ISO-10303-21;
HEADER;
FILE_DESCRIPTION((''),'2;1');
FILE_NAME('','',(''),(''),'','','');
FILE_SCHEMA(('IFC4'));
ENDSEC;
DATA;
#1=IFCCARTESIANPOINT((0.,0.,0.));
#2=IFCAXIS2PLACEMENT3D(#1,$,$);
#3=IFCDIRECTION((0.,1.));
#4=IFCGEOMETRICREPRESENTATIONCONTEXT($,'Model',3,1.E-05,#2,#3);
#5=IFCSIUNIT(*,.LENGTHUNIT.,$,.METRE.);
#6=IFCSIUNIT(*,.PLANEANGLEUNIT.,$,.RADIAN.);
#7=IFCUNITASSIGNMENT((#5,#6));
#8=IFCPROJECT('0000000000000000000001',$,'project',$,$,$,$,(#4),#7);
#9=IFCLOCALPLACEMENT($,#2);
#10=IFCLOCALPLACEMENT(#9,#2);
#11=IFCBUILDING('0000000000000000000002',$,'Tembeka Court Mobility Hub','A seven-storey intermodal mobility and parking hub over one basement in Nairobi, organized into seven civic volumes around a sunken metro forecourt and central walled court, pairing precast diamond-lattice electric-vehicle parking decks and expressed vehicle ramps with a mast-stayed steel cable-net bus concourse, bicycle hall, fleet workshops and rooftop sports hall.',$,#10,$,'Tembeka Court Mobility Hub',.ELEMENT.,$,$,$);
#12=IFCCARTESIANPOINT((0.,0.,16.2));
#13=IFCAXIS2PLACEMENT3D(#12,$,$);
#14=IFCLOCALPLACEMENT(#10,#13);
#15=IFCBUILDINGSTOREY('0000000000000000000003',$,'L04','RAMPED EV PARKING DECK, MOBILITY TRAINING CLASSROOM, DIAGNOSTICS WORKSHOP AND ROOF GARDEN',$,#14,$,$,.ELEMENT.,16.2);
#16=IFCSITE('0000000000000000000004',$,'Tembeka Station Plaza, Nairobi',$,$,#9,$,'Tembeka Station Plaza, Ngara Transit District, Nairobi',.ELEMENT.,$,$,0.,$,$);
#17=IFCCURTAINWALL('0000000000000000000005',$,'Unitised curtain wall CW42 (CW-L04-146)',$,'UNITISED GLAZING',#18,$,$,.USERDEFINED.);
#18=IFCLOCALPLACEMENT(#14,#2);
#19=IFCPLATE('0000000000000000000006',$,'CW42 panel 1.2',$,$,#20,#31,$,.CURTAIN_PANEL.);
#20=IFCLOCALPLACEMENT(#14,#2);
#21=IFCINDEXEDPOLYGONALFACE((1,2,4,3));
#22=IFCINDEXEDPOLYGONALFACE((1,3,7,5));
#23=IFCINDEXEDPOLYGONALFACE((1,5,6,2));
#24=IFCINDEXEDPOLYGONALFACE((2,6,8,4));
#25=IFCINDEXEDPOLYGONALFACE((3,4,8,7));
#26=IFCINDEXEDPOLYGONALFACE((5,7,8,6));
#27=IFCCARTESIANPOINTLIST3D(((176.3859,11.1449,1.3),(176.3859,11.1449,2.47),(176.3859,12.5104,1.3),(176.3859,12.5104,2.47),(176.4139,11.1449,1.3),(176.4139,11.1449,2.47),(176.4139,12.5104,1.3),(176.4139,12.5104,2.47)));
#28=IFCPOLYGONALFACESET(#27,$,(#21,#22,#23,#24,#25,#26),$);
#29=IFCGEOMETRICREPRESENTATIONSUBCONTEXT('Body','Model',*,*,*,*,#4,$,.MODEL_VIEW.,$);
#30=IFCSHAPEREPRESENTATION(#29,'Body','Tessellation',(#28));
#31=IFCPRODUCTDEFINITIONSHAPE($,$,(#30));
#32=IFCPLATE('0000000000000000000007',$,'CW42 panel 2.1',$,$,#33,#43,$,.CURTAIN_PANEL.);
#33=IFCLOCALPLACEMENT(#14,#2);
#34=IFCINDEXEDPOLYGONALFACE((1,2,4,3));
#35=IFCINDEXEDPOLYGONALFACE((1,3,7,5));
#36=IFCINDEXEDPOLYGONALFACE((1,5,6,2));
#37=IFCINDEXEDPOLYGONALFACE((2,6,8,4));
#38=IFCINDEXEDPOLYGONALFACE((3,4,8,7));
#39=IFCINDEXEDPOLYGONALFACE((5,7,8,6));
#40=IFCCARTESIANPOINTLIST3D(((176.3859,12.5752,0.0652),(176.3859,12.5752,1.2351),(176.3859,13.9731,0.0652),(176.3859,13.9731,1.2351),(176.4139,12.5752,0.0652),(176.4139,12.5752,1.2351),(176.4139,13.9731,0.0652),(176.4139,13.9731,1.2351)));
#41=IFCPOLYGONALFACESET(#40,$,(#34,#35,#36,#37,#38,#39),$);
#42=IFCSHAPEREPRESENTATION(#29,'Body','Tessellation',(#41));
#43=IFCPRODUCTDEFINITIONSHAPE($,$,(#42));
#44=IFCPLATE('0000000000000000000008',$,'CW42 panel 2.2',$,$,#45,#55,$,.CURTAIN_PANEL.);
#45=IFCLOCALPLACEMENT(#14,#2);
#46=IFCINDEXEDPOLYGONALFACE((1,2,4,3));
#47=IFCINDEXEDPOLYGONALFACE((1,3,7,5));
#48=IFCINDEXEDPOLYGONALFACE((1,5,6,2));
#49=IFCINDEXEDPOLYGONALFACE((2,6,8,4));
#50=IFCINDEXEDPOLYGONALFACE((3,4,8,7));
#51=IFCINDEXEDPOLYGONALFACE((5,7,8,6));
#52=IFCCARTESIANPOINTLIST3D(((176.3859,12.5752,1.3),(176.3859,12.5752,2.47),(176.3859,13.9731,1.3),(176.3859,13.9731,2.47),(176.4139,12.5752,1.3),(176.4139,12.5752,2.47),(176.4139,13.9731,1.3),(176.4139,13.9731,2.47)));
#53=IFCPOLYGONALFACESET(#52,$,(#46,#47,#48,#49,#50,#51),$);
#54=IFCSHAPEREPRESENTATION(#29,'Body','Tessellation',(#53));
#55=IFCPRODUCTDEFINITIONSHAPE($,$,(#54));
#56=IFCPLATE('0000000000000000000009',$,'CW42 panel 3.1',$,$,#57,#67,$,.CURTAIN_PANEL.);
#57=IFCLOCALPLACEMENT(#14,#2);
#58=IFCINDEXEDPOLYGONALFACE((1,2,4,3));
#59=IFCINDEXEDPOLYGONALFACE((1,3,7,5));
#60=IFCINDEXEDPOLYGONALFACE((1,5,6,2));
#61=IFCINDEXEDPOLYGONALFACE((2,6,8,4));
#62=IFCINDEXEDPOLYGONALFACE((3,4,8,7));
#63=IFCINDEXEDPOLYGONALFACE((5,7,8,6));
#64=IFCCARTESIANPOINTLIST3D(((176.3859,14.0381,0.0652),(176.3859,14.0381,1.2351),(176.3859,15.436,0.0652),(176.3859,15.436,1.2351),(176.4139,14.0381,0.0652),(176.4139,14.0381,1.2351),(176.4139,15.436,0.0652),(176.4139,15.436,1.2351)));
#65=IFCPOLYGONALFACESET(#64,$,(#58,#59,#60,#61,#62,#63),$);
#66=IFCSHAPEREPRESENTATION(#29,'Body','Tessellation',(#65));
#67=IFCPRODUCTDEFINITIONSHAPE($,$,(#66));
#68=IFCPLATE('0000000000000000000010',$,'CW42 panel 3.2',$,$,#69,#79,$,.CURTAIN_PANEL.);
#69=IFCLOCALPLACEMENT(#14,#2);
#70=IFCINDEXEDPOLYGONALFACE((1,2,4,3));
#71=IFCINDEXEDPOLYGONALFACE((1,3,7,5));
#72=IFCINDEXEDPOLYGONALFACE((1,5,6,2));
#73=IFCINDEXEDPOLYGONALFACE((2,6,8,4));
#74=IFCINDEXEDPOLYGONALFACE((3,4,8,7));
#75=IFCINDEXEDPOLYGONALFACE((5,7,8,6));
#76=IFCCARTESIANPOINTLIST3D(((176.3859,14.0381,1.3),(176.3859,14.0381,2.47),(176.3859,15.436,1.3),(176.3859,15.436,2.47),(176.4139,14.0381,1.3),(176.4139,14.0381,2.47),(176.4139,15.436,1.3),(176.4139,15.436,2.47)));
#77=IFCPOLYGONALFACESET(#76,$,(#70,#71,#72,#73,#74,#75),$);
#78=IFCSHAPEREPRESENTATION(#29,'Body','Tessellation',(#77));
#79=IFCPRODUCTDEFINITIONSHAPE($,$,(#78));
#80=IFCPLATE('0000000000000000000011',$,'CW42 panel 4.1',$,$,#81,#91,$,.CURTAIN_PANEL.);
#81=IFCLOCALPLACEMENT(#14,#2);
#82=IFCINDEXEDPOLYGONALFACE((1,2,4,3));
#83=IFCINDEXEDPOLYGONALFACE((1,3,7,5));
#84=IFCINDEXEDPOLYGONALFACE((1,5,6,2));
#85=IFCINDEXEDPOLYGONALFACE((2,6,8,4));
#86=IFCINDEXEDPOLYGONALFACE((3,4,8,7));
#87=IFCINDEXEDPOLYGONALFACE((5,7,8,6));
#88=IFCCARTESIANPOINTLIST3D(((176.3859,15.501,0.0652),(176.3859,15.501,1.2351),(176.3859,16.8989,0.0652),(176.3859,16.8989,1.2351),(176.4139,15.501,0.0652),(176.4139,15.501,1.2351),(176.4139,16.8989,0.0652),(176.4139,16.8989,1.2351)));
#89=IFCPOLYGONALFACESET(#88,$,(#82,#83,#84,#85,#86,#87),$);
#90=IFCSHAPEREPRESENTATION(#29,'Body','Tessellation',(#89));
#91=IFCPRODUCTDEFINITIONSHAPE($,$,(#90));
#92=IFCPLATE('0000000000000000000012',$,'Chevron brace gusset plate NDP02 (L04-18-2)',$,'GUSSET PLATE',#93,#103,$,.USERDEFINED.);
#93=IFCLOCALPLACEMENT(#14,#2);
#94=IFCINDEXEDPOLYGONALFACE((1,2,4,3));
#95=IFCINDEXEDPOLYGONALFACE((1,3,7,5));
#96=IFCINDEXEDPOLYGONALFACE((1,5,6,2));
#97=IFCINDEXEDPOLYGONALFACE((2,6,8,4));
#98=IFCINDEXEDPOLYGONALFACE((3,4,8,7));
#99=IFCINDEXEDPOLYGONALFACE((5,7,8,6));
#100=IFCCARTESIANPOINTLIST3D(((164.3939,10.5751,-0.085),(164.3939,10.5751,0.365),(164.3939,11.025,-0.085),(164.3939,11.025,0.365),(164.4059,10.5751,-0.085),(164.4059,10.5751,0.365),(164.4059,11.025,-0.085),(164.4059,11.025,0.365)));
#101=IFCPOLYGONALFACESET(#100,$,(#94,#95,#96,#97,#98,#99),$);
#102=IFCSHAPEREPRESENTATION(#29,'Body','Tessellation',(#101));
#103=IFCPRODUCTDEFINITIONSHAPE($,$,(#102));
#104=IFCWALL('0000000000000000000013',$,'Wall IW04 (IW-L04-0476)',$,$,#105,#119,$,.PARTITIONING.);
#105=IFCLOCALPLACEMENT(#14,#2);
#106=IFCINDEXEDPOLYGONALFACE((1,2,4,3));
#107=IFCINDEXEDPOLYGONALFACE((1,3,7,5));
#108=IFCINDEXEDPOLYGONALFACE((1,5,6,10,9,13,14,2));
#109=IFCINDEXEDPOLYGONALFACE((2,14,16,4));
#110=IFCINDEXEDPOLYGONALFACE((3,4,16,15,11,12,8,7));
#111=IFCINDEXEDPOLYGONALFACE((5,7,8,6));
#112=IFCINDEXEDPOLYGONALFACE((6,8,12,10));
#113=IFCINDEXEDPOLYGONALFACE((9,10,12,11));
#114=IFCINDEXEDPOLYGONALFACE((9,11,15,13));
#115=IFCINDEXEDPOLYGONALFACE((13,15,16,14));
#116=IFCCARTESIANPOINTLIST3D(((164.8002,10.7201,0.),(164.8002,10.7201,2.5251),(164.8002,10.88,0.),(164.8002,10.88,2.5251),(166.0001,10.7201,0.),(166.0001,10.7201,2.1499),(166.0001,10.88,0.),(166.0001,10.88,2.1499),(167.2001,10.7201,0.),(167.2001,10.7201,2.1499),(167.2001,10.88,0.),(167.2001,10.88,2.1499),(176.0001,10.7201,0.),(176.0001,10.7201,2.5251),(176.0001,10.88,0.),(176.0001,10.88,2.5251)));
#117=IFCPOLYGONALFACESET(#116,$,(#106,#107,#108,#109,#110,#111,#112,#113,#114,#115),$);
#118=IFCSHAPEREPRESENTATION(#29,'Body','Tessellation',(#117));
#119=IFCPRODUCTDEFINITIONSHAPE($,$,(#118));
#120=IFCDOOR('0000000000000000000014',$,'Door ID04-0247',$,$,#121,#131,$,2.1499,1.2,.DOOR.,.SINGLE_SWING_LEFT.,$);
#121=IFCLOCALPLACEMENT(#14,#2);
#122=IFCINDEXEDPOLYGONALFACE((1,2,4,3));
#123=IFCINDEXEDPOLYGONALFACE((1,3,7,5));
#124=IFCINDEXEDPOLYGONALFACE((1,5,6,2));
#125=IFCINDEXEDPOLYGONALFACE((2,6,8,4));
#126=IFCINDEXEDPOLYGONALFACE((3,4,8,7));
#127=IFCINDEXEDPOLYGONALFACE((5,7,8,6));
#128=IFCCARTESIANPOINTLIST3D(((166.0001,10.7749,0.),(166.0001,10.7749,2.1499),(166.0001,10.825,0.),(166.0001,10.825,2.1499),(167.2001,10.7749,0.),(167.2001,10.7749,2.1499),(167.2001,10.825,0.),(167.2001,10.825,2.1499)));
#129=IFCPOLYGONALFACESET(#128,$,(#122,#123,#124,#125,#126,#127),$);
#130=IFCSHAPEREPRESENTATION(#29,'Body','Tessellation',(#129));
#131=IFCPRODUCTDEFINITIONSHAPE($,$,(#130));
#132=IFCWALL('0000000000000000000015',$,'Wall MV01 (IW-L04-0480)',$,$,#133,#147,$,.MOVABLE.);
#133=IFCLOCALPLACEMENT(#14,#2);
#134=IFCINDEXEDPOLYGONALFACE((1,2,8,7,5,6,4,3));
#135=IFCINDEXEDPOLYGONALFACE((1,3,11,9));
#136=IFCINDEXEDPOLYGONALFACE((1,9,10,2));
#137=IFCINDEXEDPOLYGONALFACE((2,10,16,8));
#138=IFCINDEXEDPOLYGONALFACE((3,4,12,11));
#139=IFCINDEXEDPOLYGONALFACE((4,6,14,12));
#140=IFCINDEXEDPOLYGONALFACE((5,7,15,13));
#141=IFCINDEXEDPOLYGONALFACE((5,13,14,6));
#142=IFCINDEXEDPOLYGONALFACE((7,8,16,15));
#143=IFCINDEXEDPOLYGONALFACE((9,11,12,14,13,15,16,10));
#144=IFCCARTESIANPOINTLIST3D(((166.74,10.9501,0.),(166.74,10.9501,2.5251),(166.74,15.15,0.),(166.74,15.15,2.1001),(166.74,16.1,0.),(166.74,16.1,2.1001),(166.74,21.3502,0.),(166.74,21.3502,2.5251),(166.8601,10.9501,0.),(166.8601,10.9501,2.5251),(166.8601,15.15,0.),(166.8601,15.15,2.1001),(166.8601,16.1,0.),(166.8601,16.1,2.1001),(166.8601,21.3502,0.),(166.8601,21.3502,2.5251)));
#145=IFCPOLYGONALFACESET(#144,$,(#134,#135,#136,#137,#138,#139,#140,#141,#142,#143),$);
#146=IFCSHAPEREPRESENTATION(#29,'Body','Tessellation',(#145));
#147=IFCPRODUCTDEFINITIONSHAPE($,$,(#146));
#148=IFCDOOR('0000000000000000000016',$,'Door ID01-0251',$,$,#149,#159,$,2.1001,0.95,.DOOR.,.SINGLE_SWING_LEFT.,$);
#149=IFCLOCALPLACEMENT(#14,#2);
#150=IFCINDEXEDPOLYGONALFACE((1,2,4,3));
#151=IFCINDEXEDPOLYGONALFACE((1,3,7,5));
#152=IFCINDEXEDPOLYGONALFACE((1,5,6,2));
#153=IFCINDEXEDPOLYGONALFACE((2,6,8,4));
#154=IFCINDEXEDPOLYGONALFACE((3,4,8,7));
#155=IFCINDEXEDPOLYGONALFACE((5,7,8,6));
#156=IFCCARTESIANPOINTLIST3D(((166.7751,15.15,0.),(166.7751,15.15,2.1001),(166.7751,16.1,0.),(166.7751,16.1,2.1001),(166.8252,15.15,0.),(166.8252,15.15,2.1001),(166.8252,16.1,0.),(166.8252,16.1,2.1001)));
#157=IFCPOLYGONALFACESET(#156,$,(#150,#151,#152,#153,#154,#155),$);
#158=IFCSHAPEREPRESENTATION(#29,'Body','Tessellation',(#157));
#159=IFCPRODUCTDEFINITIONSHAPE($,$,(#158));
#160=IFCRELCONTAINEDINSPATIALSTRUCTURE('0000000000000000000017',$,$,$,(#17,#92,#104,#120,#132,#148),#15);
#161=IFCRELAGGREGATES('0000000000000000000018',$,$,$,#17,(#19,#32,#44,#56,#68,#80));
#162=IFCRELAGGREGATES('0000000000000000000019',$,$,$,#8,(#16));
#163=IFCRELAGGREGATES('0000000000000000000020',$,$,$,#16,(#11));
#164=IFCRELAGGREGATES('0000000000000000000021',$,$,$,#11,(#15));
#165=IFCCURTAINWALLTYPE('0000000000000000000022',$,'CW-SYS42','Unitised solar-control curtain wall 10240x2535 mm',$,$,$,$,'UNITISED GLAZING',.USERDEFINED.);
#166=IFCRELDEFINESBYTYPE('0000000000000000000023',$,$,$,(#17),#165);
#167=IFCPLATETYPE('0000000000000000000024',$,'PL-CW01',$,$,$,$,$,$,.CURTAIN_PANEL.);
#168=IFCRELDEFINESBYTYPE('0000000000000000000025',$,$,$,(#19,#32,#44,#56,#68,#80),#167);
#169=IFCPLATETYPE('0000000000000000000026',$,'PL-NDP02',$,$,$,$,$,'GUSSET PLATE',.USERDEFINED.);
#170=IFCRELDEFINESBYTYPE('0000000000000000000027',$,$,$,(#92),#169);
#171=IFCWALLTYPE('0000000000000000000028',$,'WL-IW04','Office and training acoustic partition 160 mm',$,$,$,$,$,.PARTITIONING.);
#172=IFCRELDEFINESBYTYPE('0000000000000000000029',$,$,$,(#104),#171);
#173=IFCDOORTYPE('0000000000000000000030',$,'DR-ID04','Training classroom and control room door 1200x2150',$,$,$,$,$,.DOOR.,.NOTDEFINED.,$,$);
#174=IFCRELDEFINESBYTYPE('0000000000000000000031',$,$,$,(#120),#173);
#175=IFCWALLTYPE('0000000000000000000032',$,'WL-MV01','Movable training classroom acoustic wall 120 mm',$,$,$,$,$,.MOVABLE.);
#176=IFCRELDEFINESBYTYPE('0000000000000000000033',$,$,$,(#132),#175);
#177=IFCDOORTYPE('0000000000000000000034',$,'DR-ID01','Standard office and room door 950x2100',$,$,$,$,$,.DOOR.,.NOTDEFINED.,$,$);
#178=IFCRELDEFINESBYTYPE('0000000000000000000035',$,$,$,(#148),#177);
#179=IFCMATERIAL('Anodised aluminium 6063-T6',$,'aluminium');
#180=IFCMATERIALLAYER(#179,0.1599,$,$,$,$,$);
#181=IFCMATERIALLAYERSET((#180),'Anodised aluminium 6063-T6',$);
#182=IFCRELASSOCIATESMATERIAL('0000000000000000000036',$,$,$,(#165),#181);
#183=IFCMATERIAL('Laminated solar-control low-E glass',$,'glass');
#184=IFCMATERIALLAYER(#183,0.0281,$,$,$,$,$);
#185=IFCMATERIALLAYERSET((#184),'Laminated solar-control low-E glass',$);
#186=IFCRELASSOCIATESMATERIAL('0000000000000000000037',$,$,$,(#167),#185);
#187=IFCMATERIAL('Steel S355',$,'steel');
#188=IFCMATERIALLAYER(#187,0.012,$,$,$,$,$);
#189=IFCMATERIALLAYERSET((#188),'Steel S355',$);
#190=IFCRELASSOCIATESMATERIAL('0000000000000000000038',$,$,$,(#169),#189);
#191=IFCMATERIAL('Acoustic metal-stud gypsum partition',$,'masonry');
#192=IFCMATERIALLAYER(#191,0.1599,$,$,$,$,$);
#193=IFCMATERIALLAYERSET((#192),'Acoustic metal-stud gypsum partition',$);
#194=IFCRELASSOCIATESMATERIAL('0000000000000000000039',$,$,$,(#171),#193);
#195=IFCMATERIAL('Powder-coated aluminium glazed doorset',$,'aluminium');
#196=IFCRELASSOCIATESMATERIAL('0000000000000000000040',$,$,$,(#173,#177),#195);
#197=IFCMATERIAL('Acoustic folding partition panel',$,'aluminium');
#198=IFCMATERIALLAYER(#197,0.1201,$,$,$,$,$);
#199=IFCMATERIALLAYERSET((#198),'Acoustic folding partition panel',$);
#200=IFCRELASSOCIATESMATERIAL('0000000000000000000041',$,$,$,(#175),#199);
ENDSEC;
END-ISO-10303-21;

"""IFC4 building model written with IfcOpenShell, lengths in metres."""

from ifc_helpers import new_model, si_unit, direction, frame, frame_2d, origin, origin_2d, place, context, subcontext, project, spatial, rectangle, extrude, material, layer, layer_set, type_object, element, fill, aggregate, save


model = new_model("IFC4")

# Units and contexts
model_context = context("Model", 3, precision=1e-05, world=origin(), true_north=direction((0.0, 1.0)))
body_context = subcontext(model_context, "Body", "Model", "MODEL_VIEW")
ifc_project = project(units=[si_unit("LENGTHUNIT", "METRE"), si_unit("PLANEANGLEUNIT", "RADIAN")], contexts=[model_context])

# Site, building, storey
site_placement = place(None, origin())
site = spatial("IfcSite", under=ifc_project, at=site_placement, Name="Tembeka Station Plaza, Nairobi", LongName="Tembeka Station Plaza, Ngara Transit District, Nairobi", CompositionType="ELEMENT", RefElevation=0.0)
building_placement = place(site_placement, origin())
building = spatial("IfcBuilding", under=site, at=building_placement, Name="Tembeka Court Mobility Hub", Description="A seven-storey intermodal mobility and parking hub over one basement in Nairobi, organized into seven civic volumes around a sunken metro forecourt and central walled court, pairing precast diamond-lattice electric-vehicle parking decks and expressed vehicle ramps with a mast-stayed steel cable-net bus concourse, bicycle hall, fleet workshops and rooftop sports hall.", LongName="Tembeka Court Mobility Hub", CompositionType="ELEMENT")
storey_placement = place(building_placement, frame((0.0, 0.0, 16.2)))
storey = spatial("IfcBuildingStorey", under=building, at=storey_placement, Name="L04", Description="RAMPED EV PARKING DECK, MOBILITY TRAINING CLASSROOM, DIAGNOSTICS WORKSHOP AND ROOF GARDEN", CompositionType="ELEMENT", Elevation=16.2)

# Shared definitions
ifc_material_1 = material(Name="Steel S355", Category="steel")

# Curtain wall, plates
ifc_material_2 = material(Name="Anodised aluminium 6063-T6", Category="aluminium")
ifc_layer_1 = layer(ifc_material_2, 0.1599)
ifc_layer_set_1 = layer_set([ifc_layer_1], Name="Anodised aluminium 6063-T6")
curtain_wall_type = type_object("IfcCurtainWallType", Name="CW-SYS42", Description="Unitised solar-control curtain wall 10240x2535 mm", ElementType="UNITISED GLAZING", PredefinedType="USERDEFINED", material=ifc_layer_set_1)
curtain_wall_placement = place(storey_placement, origin())
curtain_wall = element("IfcCurtainWall", 1, at=curtain_wall_placement, inside=storey, type_object=curtain_wall_type, Name="Unitised curtain wall CW42 (CW-L04-146)", ObjectType="UNITISED GLAZING", PredefinedType="USERDEFINED")
ifc_material_3 = material(Name="Laminated solar-control low-E glass", Category="glass")
ifc_layer_2 = layer(ifc_material_3, 0.0281)
ifc_layer_set_2 = layer_set([ifc_layer_2], Name="Laminated solar-control low-E glass")
plate_type_1 = type_object("IfcPlateType", Name="PL-CW01", PredefinedType="CURTAIN_PANEL", material=ifc_layer_set_2)
plate_1_placement = place(storey_placement, frame((176.3999, 11.8276, 1.3), z_axis=(0.0, 0.0, 1.0), x_axis=(0.0, 1.0, 0.0)))
plate_1 = element("IfcPlate", 2, at=plate_1_placement, type_object=plate_type_1, Name="CW42 panel 1.2", PredefinedType="CURTAIN_PANEL", context=body_context, shape_type="SweptSolid", body=[
    extrude(rectangle(XDim=1.3655, YDim=0.0281, at=origin_2d()), origin(), (0.0, 0.0, 1.0), 1.1699),
])
plate_2_placement = place(storey_placement, frame((176.3999, 13.2742, 0.0652), z_axis=(0.0, 0.0, 1.0), x_axis=(0.0, 1.0, 0.0)))
plate_2 = element("IfcPlate", 3, at=plate_2_placement, type_object=plate_type_1, Name="CW42 panel 2.1", PredefinedType="CURTAIN_PANEL", context=body_context, shape_type="SweptSolid", body=[
    extrude(rectangle(XDim=1.3979, YDim=0.0281, at=origin_2d()), origin(), (0.0, 0.0, 1.0), 1.1699),
])
plate_3_placement = place(storey_placement, frame((176.3999, 13.2742, 1.3), z_axis=(0.0, 0.0, 1.0), x_axis=(0.0, 1.0, 0.0)))
plate_3 = element("IfcPlate", 4, at=plate_3_placement, type_object=plate_type_1, Name="CW42 panel 2.2", PredefinedType="CURTAIN_PANEL", context=body_context, shape_type="SweptSolid", body=[
    extrude(rectangle(XDim=1.3979, YDim=0.0281, at=origin_2d()), origin(), (0.0, 0.0, 1.0), 1.1699),
])
plate_4_placement = place(storey_placement, frame((176.3999, 14.7371, 0.0652), z_axis=(0.0, 0.0, 1.0), x_axis=(0.0, 1.0, 0.0)))
plate_4 = element("IfcPlate", 5, at=plate_4_placement, type_object=plate_type_1, Name="CW42 panel 3.1", PredefinedType="CURTAIN_PANEL", context=body_context, shape_type="SweptSolid", body=[
    extrude(rectangle(XDim=1.3979, YDim=0.0281, at=origin_2d()), origin(), (0.0, 0.0, 1.0), 1.1699),
])
plate_5_placement = place(storey_placement, frame((176.3999, 14.7371, 1.3), z_axis=(0.0, 0.0, 1.0), x_axis=(0.0, 1.0, 0.0)))
plate_5 = element("IfcPlate", 6, at=plate_5_placement, type_object=plate_type_1, Name="CW42 panel 3.2", PredefinedType="CURTAIN_PANEL", context=body_context, shape_type="SweptSolid", body=[
    extrude(rectangle(XDim=1.3979, YDim=0.0281, at=origin_2d()), origin(), (0.0, 0.0, 1.0), 1.1699),
])
plate_6_placement = place(storey_placement, frame((176.3999, 16.2, 0.0652), z_axis=(0.0, 0.0, 1.0), x_axis=(0.0, 1.0, 0.0)))
plate_6 = element("IfcPlate", 7, at=plate_6_placement, type_object=plate_type_1, Name="CW42 panel 4.1", PredefinedType="CURTAIN_PANEL", context=body_context, shape_type="SweptSolid", body=[
    extrude(rectangle(XDim=1.3979, YDim=0.0281, at=origin_2d()), origin(), (0.0, 0.0, 1.0), 1.1699),
])
aggregate(curtain_wall, [plate_1, plate_2, plate_3, plate_4, plate_5, plate_6])

# Plate
ifc_layer_3 = layer(ifc_material_1, 0.012)
ifc_layer_set_3 = layer_set([ifc_layer_3], Name="Steel S355")
plate_type_2 = type_object("IfcPlateType", Name="PL-NDP02", ElementType="GUSSET PLATE", PredefinedType="USERDEFINED", material=ifc_layer_set_3)
plate_7_placement = place(storey_placement, frame((164.3999, 10.8, -0.085), z_axis=(0.0, 0.0, 1.0), x_axis=(1.0, 0.0, 0.0)))
element("IfcPlate", 8, at=plate_7_placement, inside=storey, type_object=plate_type_2, Name="Chevron brace gusset plate NDP02 (L04-18-2)", ObjectType="GUSSET PLATE", PredefinedType="USERDEFINED", context=body_context, shape_type="SweptSolid", body=[
    extrude(rectangle(XDim=0.012, YDim=0.45, at=origin_2d()), origin(), (0.0, 0.0, 1.0), 0.45),
])

# Walls, openings, doors
ifc_material_4 = material(Name="Acoustic metal-stud gypsum partition", Category="masonry")
ifc_layer_4 = layer(ifc_material_4, 0.1599)
ifc_layer_set_4 = layer_set([ifc_layer_4], Name="Acoustic metal-stud gypsum partition")
wall_type_1 = type_object("IfcWallType", Name="WL-IW04", Description="Office and training acoustic partition 160 mm", PredefinedType="PARTITIONING", material=ifc_layer_set_4)
wall_1_placement = place(storey_placement, frame((164.8, 10.8, 0.0), z_axis=(0.0, 0.0, 1.0), x_axis=(1.0, 0.0, 0.0)))
wall_1 = element("IfcWall", 9, at=wall_1_placement, inside=storey, type_object=wall_type_1, Name="Wall IW04 (IW-L04-0476)", PredefinedType="PARTITIONING", context=body_context, shape_type="SweptSolid", body=[
    extrude(rectangle(XDim=11.2, YDim=0.1599, at=frame_2d((5.6001, 0.0))), origin(), (0.0, 0.0, 1.0), 2.5251),
])
opening_1_placement = place(wall_1_placement, frame((1.2, 0.0, 0.0)))
opening_1 = element("IfcOpeningElement", 10, at=opening_1_placement, cuts=wall_1, PredefinedType="OPENING", context=body_context, shape_type="SweptSolid", body=[
    extrude(rectangle(XDim=1.2, YDim=2.1499, at=frame_2d((0.6001, 1.075))), frame((0.0, 0.0898, 0.0), z_axis=(0.0, -1.0, 0.0), x_axis=(1.0, 0.0, 0.0)), (0.0, 0.0, 1.0), 0.1799),
])
ifc_material_5 = material(Name="Powder-coated aluminium glazed doorset", Category="aluminium")
door_type_1 = type_object("IfcDoorType", Name="DR-ID04", Description="Training classroom and control room door 1200x2150", OperationType="NOTDEFINED", PredefinedType="DOOR", material=ifc_material_5)
door_1_placement = place(opening_1_placement, origin())
door_1 = element("IfcDoor", 11, at=door_1_placement, inside=storey, type_object=door_type_1, Name="Door ID04-0247", OperationType="SINGLE_SWING_LEFT", OverallHeight=2.1499, OverallWidth=1.2, PredefinedType="DOOR", context=body_context, shape_type="SweptSolid", body=[
    extrude(rectangle(XDim=1.2, YDim=2.1499, at=frame_2d((0.6001, 1.075))), frame((0.0, 0.0249, 0.0), z_axis=(0.0, -1.0, 0.0), x_axis=(1.0, 0.0, 0.0)), (0.0, 0.0, 1.0), 0.05),
])
fill(opening_1, door_1)
ifc_material_6 = material(Name="Acoustic folding partition panel", Category="aluminium")
ifc_layer_5 = layer(ifc_material_6, 0.1201)
ifc_layer_set_5 = layer_set([ifc_layer_5], Name="Acoustic folding partition panel")
wall_type_2 = type_object("IfcWallType", Name="WL-MV01", Description="Movable training classroom acoustic wall 120 mm", PredefinedType="MOVABLE", material=ifc_layer_set_5)
wall_2_placement = place(storey_placement, frame((166.8, 10.95, 0.0), z_axis=(0.0, 0.0, 1.0), x_axis=(0.0, 1.0, 0.0)))
wall_2 = element("IfcWall", 12, at=wall_2_placement, inside=storey, type_object=wall_type_2, Name="Wall MV01 (IW-L04-0480)", PredefinedType="MOVABLE", context=body_context, shape_type="SweptSolid", body=[
    extrude(rectangle(XDim=10.4001, YDim=0.1201, at=frame_2d((5.2002, 0.0))), origin(), (0.0, 0.0, 1.0), 2.5251),
])
opening_2_placement = place(wall_2_placement, frame((4.2, 0.0, 0.0)))
opening_2 = element("IfcOpeningElement", 13, at=opening_2_placement, cuts=wall_2, PredefinedType="OPENING", context=body_context, shape_type="SweptSolid", body=[
    extrude(rectangle(XDim=0.95, YDim=2.1001, at=frame_2d((0.4751, 1.05))), frame((0.0, 0.0701, 0.0), z_axis=(0.0, -1.0, 0.0), x_axis=(1.0, 0.0, 0.0)), (0.0, 0.0, 1.0), 0.1401),
])
door_type_2 = type_object("IfcDoorType", Name="DR-ID01", Description="Standard office and room door 950x2100", OperationType="NOTDEFINED", PredefinedType="DOOR", material=ifc_material_5)
door_2_placement = place(opening_2_placement, origin())
door_2 = element("IfcDoor", 14, at=door_2_placement, inside=storey, type_object=door_type_2, Name="Door ID01-0251", OperationType="SINGLE_SWING_LEFT", OverallHeight=2.1001, OverallWidth=0.95, PredefinedType="DOOR", context=body_context, shape_type="SweptSolid", body=[
    extrude(rectangle(XDim=0.95, YDim=2.1001, at=frame_2d((0.4751, 1.05))), frame((0.0, 0.0249, 0.0), z_axis=(0.0, -1.0, 0.0), x_axis=(1.0, 0.0, 0.0)), (0.0, 0.0, 1.0), 0.05),
])
fill(opening_2, door_2)

save(model, "model.ifc")
